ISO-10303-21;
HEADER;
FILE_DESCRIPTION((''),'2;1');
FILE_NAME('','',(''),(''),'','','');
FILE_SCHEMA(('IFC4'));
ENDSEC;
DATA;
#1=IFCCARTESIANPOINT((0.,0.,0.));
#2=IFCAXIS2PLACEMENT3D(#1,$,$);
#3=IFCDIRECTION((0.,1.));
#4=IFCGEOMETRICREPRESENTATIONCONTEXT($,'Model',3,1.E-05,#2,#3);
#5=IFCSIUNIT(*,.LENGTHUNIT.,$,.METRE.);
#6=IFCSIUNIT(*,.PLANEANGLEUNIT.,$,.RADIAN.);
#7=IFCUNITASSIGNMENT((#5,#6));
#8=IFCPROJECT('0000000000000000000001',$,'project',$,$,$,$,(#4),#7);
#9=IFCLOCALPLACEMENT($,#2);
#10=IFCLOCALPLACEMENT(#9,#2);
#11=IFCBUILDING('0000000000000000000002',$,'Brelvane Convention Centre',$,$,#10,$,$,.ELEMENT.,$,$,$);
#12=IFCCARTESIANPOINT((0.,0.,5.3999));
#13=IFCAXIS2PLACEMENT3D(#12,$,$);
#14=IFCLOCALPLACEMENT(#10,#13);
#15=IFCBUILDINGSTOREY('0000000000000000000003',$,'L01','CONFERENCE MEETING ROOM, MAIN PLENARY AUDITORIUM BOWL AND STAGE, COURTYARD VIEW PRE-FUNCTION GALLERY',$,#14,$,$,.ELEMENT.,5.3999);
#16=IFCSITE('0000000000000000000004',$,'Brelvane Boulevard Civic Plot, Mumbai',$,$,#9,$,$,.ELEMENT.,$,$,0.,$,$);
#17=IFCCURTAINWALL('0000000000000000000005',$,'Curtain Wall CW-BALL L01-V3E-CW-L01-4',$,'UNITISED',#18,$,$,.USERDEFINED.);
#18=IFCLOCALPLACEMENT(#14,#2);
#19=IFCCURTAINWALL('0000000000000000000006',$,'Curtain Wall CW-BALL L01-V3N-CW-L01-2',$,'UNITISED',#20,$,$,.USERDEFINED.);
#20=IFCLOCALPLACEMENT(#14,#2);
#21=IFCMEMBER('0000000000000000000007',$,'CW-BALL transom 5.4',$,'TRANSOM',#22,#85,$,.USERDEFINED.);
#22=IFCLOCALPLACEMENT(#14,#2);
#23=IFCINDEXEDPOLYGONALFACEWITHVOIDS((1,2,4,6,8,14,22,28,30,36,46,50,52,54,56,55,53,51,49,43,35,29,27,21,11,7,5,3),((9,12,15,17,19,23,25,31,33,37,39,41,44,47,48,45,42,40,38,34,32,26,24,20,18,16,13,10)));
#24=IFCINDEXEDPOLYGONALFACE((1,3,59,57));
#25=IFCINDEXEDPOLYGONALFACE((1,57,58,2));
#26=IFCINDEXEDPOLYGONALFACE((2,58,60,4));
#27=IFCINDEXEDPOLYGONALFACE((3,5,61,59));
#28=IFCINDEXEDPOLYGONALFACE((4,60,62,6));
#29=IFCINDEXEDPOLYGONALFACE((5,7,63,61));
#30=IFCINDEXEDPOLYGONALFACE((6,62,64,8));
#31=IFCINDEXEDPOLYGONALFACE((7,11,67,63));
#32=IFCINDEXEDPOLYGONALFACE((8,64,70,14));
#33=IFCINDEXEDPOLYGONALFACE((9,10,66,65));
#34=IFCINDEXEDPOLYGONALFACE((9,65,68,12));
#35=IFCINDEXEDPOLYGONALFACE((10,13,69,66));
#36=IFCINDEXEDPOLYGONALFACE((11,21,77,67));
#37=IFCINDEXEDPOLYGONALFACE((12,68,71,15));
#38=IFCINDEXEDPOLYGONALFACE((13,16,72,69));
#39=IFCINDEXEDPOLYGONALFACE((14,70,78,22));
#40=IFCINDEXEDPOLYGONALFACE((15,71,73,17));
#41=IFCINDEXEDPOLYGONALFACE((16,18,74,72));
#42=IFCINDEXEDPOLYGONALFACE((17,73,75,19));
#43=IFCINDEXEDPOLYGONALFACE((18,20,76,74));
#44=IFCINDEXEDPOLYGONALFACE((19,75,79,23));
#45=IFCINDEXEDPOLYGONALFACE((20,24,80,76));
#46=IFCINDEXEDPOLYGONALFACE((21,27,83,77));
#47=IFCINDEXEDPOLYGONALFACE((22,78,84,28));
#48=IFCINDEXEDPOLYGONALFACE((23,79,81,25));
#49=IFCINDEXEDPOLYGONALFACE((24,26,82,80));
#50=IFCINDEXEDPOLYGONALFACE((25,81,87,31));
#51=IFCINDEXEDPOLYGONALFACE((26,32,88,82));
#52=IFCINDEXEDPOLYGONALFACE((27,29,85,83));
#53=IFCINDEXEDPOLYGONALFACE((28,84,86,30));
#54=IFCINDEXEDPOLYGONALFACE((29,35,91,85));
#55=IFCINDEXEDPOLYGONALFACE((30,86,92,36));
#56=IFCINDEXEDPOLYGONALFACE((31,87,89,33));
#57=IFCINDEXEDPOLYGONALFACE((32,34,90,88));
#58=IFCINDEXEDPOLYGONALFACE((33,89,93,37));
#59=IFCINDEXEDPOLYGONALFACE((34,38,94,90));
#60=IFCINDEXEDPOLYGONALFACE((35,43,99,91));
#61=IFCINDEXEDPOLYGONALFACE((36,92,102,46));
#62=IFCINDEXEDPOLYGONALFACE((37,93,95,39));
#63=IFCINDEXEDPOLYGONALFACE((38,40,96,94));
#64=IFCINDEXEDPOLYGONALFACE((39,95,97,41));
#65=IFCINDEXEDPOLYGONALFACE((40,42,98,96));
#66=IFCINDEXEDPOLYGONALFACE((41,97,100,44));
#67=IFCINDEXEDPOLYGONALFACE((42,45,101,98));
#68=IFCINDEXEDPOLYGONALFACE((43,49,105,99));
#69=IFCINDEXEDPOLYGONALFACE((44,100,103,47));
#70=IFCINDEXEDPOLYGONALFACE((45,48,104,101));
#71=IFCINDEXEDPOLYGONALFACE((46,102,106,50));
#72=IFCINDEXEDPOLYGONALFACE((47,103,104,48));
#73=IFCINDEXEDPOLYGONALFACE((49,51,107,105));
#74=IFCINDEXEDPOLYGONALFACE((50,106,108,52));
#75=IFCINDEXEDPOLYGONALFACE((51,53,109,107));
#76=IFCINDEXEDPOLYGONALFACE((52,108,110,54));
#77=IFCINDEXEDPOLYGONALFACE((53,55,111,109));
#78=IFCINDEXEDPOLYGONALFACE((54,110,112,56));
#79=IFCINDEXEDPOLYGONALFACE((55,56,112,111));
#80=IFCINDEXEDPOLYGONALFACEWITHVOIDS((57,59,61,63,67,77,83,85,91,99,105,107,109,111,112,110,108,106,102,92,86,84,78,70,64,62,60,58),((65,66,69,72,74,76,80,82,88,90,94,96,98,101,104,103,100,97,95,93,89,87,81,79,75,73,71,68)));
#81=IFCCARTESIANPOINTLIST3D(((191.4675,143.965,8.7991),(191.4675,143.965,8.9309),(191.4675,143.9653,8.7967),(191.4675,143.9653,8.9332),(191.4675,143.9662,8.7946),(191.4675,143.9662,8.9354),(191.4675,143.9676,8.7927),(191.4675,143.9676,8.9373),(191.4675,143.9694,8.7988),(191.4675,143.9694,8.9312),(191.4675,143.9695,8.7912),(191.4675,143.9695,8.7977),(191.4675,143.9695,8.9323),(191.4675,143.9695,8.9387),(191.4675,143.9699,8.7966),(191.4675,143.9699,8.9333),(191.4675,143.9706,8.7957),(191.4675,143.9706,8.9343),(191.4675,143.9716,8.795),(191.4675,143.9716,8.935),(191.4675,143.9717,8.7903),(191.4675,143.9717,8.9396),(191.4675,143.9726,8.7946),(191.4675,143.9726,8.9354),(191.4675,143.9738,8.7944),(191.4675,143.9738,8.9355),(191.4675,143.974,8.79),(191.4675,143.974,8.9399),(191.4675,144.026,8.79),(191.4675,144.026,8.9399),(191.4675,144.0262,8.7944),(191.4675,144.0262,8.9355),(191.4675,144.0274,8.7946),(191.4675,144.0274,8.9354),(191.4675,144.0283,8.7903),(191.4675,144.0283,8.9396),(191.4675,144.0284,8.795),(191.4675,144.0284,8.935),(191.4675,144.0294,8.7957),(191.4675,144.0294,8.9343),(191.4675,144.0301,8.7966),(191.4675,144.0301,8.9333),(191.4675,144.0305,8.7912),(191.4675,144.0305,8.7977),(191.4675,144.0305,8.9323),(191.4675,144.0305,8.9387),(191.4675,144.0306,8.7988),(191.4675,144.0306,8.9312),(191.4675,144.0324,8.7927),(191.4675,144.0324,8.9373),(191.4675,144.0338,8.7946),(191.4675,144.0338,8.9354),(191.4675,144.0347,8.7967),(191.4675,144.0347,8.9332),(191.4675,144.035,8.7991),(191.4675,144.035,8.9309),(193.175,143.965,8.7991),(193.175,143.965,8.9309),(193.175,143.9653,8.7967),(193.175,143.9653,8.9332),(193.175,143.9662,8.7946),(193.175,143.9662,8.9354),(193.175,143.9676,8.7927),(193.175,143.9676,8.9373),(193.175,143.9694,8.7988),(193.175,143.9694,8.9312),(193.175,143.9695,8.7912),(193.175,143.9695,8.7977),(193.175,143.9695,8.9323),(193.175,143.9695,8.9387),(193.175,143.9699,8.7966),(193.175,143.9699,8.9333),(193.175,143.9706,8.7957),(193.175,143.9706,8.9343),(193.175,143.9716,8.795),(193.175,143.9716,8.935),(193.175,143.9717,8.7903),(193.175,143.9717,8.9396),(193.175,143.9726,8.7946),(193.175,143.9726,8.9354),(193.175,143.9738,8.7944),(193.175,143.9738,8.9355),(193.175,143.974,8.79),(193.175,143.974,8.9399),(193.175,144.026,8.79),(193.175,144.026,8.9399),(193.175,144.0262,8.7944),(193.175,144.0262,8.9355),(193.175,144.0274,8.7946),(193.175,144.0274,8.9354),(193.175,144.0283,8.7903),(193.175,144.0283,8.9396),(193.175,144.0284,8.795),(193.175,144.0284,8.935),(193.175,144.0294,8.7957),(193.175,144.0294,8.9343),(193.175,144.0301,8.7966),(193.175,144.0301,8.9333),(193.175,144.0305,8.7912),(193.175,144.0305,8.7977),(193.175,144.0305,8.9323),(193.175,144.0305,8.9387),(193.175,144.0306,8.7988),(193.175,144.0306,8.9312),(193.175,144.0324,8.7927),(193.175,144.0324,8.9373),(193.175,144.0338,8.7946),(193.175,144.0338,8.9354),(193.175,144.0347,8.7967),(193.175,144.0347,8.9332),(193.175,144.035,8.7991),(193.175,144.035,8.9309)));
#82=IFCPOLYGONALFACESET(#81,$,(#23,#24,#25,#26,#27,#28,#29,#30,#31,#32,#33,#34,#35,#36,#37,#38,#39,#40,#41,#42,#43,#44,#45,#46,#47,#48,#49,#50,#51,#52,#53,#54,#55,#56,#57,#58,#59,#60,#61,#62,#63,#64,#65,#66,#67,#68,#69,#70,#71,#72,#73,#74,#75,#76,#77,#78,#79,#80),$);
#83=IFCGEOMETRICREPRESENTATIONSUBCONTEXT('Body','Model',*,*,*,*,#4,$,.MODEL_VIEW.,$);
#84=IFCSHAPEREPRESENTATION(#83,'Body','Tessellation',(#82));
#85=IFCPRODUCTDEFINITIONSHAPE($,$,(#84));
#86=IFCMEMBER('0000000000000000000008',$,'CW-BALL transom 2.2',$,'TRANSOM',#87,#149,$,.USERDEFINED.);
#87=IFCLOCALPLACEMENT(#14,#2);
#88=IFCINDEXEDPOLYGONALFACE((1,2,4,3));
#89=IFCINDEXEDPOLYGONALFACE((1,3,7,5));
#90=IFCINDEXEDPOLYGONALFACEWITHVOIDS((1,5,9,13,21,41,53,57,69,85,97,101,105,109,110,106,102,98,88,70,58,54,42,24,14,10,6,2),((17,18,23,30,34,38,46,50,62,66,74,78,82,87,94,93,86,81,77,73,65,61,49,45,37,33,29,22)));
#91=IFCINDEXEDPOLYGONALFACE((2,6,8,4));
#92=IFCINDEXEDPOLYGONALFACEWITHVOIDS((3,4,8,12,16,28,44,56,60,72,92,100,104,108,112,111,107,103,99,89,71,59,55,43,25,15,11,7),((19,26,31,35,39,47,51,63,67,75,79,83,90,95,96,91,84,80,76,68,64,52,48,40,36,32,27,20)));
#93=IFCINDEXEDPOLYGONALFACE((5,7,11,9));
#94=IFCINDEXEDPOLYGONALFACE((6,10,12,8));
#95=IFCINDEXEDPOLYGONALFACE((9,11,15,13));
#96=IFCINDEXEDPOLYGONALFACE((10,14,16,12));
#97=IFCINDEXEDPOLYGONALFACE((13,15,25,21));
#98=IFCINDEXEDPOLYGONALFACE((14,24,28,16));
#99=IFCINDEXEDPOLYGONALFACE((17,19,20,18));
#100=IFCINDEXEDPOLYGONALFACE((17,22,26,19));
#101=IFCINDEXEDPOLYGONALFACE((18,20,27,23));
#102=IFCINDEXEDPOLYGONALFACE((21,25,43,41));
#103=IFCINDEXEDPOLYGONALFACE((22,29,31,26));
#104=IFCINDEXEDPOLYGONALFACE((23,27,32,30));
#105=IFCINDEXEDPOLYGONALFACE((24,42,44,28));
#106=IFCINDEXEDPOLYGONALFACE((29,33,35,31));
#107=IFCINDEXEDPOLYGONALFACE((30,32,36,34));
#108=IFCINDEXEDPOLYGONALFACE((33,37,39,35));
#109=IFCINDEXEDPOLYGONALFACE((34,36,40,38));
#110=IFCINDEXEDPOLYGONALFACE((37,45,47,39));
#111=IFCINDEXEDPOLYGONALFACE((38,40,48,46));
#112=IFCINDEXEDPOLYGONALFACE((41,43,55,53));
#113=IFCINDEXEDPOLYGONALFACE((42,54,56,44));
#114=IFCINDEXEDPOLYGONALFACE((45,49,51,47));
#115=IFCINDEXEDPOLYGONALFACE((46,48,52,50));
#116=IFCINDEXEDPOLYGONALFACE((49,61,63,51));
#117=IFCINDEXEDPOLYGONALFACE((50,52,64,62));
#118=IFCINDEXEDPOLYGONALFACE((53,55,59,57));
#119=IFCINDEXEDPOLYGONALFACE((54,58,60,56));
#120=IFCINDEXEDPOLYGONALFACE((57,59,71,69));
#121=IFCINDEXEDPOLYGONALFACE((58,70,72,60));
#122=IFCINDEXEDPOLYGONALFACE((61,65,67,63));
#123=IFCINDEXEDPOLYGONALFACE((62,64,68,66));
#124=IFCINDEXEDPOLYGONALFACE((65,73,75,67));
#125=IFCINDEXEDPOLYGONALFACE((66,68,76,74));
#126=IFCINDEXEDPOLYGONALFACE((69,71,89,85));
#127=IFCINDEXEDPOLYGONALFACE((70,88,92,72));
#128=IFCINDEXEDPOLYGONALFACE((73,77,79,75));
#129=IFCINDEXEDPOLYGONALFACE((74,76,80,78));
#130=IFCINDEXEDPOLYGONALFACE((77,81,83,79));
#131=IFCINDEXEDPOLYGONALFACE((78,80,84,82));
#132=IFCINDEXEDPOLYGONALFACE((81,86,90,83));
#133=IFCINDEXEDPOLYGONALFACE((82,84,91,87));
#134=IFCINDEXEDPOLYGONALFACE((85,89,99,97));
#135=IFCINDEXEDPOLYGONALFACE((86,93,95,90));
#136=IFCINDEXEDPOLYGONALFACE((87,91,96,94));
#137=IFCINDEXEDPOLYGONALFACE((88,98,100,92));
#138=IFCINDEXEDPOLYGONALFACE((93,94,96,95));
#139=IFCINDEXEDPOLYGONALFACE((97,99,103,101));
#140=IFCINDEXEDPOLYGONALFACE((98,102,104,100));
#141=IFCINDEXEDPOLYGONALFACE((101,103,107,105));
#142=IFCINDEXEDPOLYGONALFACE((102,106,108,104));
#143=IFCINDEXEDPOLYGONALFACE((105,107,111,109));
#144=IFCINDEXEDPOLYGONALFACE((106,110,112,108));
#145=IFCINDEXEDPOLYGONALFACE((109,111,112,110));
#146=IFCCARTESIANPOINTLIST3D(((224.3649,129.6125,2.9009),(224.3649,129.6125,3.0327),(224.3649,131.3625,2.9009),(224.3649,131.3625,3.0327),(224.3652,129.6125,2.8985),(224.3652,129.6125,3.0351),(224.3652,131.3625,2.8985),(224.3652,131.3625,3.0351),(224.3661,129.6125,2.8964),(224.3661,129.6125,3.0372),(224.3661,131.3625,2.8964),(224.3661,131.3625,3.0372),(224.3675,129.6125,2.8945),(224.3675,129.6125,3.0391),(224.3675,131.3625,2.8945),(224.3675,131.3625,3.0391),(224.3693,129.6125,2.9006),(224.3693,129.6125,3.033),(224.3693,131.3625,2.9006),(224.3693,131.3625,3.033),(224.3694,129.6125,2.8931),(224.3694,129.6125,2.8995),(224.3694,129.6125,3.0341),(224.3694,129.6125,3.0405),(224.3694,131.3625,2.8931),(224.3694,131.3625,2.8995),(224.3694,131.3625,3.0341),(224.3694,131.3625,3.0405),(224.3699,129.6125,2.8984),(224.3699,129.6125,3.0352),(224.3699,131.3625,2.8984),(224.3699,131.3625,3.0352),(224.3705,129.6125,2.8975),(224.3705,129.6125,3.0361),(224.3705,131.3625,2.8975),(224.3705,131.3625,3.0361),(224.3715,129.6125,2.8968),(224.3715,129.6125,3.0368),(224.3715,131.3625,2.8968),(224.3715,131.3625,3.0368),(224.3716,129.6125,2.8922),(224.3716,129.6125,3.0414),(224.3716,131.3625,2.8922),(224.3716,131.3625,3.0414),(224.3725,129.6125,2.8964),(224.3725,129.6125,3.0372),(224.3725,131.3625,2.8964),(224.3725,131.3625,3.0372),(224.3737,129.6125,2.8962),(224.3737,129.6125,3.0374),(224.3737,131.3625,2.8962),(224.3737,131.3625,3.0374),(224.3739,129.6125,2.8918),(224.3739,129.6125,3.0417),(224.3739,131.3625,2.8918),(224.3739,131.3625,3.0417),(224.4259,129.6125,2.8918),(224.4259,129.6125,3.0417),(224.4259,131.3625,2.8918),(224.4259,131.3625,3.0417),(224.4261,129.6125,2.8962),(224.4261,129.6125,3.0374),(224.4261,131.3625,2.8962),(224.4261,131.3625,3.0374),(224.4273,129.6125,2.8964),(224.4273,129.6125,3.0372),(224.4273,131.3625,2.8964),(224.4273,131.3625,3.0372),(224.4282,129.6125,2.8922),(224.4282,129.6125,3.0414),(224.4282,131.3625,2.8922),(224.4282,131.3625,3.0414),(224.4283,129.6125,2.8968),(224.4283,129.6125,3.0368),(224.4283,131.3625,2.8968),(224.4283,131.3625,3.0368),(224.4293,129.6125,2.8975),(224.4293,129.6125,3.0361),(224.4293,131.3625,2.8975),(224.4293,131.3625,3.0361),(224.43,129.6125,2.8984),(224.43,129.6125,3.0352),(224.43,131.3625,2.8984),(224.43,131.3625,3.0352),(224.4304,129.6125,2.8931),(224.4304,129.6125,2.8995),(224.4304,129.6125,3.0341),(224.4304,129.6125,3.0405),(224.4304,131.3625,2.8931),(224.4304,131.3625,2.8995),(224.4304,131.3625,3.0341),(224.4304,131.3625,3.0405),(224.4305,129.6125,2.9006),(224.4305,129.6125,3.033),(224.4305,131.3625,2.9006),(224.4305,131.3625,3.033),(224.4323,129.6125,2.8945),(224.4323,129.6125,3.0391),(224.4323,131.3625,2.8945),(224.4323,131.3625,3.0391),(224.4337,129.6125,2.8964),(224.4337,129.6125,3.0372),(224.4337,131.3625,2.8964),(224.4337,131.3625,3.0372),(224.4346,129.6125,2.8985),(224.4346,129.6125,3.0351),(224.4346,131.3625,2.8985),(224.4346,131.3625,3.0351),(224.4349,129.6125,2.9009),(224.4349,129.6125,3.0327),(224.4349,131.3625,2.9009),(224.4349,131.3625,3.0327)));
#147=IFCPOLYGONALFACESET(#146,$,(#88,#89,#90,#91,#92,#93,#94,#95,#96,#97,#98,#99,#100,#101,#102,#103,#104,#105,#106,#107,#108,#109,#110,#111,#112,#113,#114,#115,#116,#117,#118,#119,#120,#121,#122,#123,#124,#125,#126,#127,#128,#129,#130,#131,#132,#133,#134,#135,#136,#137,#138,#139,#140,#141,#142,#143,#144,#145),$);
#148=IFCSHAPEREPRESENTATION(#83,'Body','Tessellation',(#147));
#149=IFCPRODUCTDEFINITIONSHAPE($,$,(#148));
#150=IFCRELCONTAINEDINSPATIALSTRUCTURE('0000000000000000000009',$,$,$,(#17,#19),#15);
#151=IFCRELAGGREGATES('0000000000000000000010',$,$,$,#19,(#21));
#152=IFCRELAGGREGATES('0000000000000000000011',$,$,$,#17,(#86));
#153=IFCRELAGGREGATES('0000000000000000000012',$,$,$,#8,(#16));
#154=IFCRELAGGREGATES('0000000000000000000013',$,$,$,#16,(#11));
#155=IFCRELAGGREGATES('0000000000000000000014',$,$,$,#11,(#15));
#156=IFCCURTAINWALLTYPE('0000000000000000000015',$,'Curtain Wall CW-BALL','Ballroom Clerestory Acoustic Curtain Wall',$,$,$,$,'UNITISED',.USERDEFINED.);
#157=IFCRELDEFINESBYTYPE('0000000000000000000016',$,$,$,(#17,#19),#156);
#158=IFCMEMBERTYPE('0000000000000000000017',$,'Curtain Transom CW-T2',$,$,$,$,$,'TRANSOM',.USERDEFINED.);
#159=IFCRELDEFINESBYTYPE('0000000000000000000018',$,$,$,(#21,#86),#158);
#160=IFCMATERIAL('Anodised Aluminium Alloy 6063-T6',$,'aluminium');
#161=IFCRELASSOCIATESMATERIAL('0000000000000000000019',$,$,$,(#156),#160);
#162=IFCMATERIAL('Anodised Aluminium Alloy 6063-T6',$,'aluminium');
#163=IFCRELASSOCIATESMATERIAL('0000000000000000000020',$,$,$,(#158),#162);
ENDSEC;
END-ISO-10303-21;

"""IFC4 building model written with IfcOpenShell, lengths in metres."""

from ifc_helpers import new_model, si_unit, direction, frame, origin, origin_2d, place, context, subcontext, project, spatial, hollow_rectangle, extrude, material, material_profile, profile_set, type_object, element, aggregate, save


model = new_model("IFC4")

# Units and contexts
model_context = context("Model", 3, precision=1e-05, world=origin(), true_north=direction((0.0, 1.0)))
body_context = subcontext(model_context, "Body", "Model", "MODEL_VIEW")
ifc_project = project(units=[si_unit("LENGTHUNIT", "METRE"), si_unit("PLANEANGLEUNIT", "RADIAN")], contexts=[model_context])

# Site, building, storey
site_placement = place(None, origin())
site = spatial("IfcSite", under=ifc_project, at=site_placement, Name="Brelvane Boulevard Civic Plot, Mumbai", CompositionType="ELEMENT", RefElevation=0.0)
building_placement = place(site_placement, origin())
building = spatial("IfcBuilding", under=site, at=building_placement, Name="Brelvane Convention Centre", CompositionType="ELEMENT")
storey_placement = place(building_placement, frame((0.0, 0.0, 5.3999)))
storey = spatial("IfcBuildingStorey", under=building, at=storey_placement, Name="L01", Description="CONFERENCE MEETING ROOM, MAIN PLENARY AUDITORIUM BOWL AND STAGE, COURTYARD VIEW PRE-FUNCTION GALLERY", CompositionType="ELEMENT", Elevation=5.3999)

# Curtain walls, member
ifc_material_1 = material(Name="Anodised Aluminium Alloy 6063-T6", Category="aluminium")
curtain_wall_type = type_object("IfcCurtainWallType", Name="Curtain Wall CW-BALL", Description="Ballroom Clerestory Acoustic Curtain Wall", ElementType="UNITISED", PredefinedType="USERDEFINED", material=ifc_material_1)
curtain_wall_1_placement = place(storey_placement, origin())
curtain_wall_1 = element("IfcCurtainWall", 1, at=curtain_wall_1_placement, inside=storey, type_object=curtain_wall_type, Name="Curtain Wall CW-BALL L01-V3E-CW-L01-4", ObjectType="UNITISED", PredefinedType="USERDEFINED")
curtain_wall_2_placement = place(storey_placement, origin())
curtain_wall_2 = element("IfcCurtainWall", 2, at=curtain_wall_2_placement, inside=storey, type_object=curtain_wall_type, Name="Curtain Wall CW-BALL L01-V3N-CW-L01-2", ObjectType="UNITISED", PredefinedType="USERDEFINED")
ifc_material_2 = material(Name="Anodised Aluminium Alloy 6063-T6", Category="aluminium")
ifc_material_profile_1 = material_profile(ifc_material_2, hollow_rectangle(XDim=0.0701, YDim=0.1499, WallThickness=0.0044, InnerFilletRadius=0.0044, OuterFilletRadius=0.009, at=origin_2d()), Name="ALU-T 150x70x4.5")
ifc_profile_set_1 = profile_set([ifc_material_profile_1], Name="Anodised Aluminium Alloy 6063-T6")
member_type_1 = type_object("IfcMemberType", Name="Curtain Transom CW-T2", ElementType="TRANSOM", PredefinedType="USERDEFINED", material=ifc_profile_set_1)
member_1_placement = place(storey_placement, frame((191.4675, 144.0, 8.865), z_axis=(1.0, 0.0, 0.0), x_axis=(0.0, 1.0, 0.0)))
member_1 = element("IfcMember", 3, at=member_1_placement, type_object=member_type_1, Name="CW-BALL transom 5.4", ObjectType="TRANSOM", PredefinedType="USERDEFINED", context=body_context, shape_type="SweptSolid", body=[
    extrude(hollow_rectangle(XDim=0.0701, YDim=0.1499, WallThickness=0.0044, InnerFilletRadius=0.0044, OuterFilletRadius=0.009, at=origin_2d()), origin(), (0.0, 0.0, 1.0), 1.7075),
])

# Member
member_2_placement = place(storey_placement, frame((224.3999, 129.6125, 2.9668), z_axis=(0.0, 1.0, 0.0), x_axis=(-1.0, 0.0, 0.0)))
member_2 = element("IfcMember", 4, at=member_2_placement, type_object=member_type_1, Name="CW-BALL transom 2.2", ObjectType="TRANSOM", PredefinedType="USERDEFINED", context=body_context, shape_type="SweptSolid", body=[
    extrude(hollow_rectangle(XDim=0.0701, YDim=0.1499, WallThickness=0.0044, InnerFilletRadius=0.0044, OuterFilletRadius=0.009, at=origin_2d()), origin(), (0.0, 0.0, 1.0), 1.75),
])

aggregate(curtain_wall_2, [member_1])
aggregate(curtain_wall_1, [member_2])

save(model, "model.ifc")
